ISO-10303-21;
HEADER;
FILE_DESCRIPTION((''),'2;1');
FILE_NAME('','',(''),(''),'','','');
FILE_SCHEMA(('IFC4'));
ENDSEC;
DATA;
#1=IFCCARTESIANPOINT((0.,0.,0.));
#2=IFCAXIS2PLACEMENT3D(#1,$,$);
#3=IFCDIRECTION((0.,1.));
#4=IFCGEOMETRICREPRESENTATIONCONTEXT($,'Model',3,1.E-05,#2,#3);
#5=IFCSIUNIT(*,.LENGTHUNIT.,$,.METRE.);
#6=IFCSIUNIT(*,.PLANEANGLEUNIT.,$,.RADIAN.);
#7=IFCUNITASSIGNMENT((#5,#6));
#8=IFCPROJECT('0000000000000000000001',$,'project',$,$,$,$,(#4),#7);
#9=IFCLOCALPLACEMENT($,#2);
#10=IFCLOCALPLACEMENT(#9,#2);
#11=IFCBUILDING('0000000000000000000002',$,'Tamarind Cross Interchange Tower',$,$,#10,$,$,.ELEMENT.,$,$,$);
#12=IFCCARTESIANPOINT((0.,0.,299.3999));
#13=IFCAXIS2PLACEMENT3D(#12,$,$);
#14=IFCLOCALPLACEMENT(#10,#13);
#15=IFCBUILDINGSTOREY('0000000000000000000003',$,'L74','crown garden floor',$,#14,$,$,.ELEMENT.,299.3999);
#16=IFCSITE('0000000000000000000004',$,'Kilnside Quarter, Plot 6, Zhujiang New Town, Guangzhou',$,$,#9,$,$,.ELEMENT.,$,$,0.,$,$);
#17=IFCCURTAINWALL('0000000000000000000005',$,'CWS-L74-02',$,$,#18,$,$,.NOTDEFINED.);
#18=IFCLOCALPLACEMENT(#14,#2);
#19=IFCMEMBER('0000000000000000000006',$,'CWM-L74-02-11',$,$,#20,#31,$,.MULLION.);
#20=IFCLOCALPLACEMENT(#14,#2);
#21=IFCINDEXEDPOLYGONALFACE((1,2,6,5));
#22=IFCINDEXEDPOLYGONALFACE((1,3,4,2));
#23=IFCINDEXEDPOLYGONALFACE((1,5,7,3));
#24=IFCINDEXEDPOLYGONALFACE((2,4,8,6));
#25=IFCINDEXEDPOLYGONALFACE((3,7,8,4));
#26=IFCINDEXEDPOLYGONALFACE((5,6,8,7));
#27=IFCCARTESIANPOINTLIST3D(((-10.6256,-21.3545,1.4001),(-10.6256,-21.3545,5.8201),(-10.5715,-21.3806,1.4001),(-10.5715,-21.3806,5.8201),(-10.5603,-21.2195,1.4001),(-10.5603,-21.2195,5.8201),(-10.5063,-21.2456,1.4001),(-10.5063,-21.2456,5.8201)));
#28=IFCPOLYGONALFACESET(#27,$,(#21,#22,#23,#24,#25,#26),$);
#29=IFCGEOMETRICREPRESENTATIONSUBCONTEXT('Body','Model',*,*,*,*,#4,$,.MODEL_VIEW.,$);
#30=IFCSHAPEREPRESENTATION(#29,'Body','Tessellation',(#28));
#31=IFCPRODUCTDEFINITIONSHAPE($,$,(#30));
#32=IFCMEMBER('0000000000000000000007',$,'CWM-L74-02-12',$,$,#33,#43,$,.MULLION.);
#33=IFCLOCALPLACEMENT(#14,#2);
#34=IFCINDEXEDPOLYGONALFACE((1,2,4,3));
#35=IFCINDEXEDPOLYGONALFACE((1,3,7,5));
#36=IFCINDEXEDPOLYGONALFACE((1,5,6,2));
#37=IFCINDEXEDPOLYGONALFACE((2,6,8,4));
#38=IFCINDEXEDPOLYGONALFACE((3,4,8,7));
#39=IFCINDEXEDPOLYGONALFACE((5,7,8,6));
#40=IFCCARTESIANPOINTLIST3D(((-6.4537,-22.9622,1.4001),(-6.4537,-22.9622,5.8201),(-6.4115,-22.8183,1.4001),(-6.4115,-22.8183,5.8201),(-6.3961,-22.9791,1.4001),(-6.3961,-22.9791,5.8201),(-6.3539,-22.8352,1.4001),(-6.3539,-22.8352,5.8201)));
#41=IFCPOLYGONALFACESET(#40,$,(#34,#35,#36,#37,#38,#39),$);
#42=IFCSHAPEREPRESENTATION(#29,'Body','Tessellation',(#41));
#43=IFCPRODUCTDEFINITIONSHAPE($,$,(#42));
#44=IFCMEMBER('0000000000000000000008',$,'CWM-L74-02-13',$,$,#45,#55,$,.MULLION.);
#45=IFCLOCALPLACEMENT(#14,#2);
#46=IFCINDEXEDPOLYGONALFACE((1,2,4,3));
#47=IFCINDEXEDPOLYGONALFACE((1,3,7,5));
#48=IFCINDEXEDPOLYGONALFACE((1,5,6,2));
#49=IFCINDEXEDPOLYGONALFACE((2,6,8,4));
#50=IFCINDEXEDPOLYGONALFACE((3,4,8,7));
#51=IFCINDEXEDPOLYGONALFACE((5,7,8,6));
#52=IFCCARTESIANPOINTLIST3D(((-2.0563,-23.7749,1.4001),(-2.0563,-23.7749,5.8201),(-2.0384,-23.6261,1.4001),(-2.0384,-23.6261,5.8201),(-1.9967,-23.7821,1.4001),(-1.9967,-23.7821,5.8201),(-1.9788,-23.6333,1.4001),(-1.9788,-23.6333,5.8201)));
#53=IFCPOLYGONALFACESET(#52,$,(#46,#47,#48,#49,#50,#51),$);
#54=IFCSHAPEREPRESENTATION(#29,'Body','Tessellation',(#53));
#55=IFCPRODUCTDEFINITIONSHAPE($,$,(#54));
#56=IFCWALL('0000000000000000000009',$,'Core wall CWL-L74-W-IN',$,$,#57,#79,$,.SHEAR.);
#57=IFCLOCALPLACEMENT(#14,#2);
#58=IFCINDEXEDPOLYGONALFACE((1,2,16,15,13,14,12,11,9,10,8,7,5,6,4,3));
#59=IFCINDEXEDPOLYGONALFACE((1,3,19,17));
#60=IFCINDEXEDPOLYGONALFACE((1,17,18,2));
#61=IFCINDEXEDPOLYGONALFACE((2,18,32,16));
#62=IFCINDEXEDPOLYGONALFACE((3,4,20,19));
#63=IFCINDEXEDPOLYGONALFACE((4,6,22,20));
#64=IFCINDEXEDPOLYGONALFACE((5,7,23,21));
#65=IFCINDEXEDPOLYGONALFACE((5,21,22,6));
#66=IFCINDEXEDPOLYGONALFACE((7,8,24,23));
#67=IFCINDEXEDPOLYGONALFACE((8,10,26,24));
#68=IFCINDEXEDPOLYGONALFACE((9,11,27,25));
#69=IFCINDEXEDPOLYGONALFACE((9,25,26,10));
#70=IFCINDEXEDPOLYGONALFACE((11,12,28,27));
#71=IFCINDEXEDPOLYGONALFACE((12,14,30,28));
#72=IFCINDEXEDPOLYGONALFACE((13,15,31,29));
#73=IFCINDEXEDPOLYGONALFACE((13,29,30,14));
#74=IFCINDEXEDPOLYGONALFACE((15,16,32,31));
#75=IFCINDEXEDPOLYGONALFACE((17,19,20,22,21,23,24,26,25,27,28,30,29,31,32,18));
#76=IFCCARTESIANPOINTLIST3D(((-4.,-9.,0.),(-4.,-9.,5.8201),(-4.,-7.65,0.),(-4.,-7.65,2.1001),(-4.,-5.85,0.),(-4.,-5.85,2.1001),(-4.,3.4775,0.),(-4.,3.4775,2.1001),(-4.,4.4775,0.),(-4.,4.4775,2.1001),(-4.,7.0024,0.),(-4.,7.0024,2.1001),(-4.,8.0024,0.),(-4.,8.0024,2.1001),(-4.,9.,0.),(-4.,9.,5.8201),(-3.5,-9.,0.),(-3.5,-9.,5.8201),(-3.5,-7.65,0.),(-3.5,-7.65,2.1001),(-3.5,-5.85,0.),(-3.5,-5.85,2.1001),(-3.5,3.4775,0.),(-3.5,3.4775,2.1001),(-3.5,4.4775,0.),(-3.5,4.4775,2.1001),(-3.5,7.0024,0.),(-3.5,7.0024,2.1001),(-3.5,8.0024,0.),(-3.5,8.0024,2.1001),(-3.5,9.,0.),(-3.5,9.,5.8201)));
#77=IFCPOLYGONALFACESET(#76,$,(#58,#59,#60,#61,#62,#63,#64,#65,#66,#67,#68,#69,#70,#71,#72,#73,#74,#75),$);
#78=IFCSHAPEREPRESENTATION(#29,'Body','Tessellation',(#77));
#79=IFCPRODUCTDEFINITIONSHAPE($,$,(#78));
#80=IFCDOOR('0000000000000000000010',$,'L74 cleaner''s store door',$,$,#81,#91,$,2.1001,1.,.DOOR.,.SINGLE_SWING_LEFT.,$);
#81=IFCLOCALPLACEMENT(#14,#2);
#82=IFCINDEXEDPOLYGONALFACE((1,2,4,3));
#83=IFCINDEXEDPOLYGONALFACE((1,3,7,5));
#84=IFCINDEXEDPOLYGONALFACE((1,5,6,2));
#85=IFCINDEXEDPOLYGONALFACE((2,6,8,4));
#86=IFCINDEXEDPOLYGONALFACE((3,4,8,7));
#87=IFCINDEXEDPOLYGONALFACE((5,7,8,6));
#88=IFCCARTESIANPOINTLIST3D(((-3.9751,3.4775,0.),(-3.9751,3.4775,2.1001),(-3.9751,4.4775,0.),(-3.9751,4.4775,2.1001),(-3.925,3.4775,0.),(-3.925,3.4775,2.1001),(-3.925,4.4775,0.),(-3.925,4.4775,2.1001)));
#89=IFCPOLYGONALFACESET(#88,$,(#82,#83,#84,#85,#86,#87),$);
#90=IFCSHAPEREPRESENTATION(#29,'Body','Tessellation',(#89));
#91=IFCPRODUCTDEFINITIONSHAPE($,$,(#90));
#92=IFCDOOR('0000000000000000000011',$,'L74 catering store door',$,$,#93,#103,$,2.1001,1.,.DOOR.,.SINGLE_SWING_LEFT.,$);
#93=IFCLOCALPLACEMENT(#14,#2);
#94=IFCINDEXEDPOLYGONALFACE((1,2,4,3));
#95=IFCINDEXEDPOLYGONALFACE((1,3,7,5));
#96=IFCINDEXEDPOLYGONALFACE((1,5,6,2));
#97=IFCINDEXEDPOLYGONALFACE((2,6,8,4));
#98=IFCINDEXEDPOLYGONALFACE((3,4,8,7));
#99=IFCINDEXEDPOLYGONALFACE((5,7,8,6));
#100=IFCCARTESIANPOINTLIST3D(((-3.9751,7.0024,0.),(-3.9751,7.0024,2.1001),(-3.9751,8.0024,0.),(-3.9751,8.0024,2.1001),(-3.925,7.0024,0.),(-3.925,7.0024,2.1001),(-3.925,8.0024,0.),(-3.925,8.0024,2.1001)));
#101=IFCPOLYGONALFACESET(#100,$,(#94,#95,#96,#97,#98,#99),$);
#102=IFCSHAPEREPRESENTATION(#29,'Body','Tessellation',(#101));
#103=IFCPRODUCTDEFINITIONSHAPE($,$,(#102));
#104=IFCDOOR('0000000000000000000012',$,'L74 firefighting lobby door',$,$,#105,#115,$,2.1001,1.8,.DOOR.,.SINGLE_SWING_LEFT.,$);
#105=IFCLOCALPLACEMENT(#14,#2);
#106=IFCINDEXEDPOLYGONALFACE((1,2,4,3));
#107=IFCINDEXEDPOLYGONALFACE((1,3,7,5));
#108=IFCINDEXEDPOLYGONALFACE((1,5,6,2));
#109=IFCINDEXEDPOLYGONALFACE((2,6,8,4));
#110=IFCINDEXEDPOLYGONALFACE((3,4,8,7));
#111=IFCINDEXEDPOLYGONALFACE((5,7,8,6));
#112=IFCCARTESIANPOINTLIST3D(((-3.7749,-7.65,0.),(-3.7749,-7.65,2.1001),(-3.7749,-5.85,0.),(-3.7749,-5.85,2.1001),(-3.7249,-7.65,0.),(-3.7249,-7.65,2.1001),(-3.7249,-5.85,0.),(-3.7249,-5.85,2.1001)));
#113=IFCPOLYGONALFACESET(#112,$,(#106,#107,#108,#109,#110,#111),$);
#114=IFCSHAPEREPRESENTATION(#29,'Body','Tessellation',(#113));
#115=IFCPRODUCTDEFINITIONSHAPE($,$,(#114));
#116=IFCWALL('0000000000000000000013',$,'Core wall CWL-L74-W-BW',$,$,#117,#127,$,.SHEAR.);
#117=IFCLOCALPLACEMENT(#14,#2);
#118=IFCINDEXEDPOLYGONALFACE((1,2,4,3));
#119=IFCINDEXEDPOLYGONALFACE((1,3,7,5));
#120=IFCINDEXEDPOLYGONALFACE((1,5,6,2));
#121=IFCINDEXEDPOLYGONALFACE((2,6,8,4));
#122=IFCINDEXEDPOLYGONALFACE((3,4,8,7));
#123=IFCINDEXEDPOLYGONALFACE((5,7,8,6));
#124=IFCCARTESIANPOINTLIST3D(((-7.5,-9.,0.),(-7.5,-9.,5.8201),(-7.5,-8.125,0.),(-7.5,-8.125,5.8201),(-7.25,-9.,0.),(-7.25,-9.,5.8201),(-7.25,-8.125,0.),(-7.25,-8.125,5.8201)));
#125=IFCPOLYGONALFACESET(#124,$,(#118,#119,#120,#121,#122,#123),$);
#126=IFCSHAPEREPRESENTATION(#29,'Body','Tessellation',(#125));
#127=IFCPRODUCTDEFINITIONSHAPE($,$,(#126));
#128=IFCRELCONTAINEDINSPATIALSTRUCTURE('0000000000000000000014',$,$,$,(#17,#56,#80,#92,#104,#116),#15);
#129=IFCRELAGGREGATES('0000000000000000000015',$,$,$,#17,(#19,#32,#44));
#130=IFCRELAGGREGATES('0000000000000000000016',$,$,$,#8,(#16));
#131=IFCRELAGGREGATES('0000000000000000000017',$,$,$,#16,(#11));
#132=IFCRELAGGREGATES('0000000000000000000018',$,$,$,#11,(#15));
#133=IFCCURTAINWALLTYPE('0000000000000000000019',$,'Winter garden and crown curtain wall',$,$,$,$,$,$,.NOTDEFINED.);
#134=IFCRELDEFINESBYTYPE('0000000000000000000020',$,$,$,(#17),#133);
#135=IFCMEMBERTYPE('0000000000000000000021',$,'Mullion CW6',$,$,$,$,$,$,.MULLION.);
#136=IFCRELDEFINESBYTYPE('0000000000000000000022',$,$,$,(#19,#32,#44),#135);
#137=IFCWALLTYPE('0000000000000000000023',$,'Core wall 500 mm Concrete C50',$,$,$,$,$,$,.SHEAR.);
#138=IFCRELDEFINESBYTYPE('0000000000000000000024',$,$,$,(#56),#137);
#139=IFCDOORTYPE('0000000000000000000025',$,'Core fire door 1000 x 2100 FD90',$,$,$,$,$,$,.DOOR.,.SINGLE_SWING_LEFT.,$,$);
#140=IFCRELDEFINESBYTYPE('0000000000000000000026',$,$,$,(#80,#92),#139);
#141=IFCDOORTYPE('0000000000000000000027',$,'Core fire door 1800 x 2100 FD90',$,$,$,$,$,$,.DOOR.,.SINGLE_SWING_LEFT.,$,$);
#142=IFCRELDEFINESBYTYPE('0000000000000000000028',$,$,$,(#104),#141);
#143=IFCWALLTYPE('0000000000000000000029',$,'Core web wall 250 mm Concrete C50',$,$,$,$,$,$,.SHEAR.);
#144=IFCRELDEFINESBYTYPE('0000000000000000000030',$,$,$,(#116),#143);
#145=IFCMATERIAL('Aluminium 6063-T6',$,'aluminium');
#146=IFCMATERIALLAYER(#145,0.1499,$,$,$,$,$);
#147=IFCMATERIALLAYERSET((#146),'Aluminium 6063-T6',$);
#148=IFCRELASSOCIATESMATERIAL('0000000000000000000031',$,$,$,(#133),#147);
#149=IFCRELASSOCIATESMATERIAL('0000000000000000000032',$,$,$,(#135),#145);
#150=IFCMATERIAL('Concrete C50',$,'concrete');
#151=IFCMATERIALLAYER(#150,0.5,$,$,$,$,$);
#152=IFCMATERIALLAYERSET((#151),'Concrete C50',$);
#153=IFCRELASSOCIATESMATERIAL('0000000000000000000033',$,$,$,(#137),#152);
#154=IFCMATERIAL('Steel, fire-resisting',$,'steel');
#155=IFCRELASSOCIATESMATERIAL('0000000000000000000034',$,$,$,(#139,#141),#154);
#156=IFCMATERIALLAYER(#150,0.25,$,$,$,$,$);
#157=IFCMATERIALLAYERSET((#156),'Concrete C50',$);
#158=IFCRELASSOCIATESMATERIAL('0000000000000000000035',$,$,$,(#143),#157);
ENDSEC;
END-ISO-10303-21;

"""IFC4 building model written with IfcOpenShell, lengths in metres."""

from ifc_helpers import new_model, si_unit, direction, frame, frame_2d, origin, origin_2d, place, context, subcontext, project, spatial, rectangle, extrude, material, layer, layer_set, material_profile, profile_set, type_object, element, fill, aggregate, save


model = new_model("IFC4")

# Units and contexts
model_context = context("Model", 3, precision=1e-05, world=origin(), true_north=direction((0.0, 1.0)))
body_context = subcontext(model_context, "Body", "Model", "MODEL_VIEW")
ifc_project = project(units=[si_unit("LENGTHUNIT", "METRE"), si_unit("PLANEANGLEUNIT", "RADIAN")], contexts=[model_context])

# Site, building, storey
site_placement = place(None, origin())
site = spatial("IfcSite", under=ifc_project, at=site_placement, Name="Kilnside Quarter, Plot 6, Zhujiang New Town, Guangzhou", CompositionType="ELEMENT", RefElevation=0.0)
building_placement = place(site_placement, origin())
building = spatial("IfcBuilding", under=site, at=building_placement, Name="Tamarind Cross Interchange Tower", CompositionType="ELEMENT")
storey_placement = place(building_placement, frame((0.0, 0.0, 299.3999)))
storey = spatial("IfcBuildingStorey", under=building, at=storey_placement, Name="L74", Description="crown garden floor", CompositionType="ELEMENT", Elevation=299.3999)

# Curtain wall, members
ifc_material_1 = material(Name="Aluminium 6063-T6", Category="aluminium")
ifc_layer_1 = layer(ifc_material_1, 0.1499)
ifc_layer_set_1 = layer_set([ifc_layer_1], Name="Aluminium 6063-T6")
curtain_wall_type = type_object("IfcCurtainWallType", Name="Winter garden and crown curtain wall", PredefinedType="NOTDEFINED", material=ifc_layer_set_1)
curtain_wall_placement = place(storey_placement, origin())
curtain_wall = element("IfcCurtainWall", 1, at=curtain_wall_placement, inside=storey, type_object=curtain_wall_type, Name="CWS-L74-02", PredefinedType="NOTDEFINED")
ifc_material_profile_1 = material_profile(ifc_material_1, rectangle(XDim=0.0601, YDim=0.1499, at=origin_2d()), Name="Mullion CW6")
ifc_profile_set_1 = profile_set([ifc_material_profile_1], Name="Aluminium 6063-T6")
member_type = type_object("IfcMemberType", Name="Mullion CW6", PredefinedType="MULLION", material=ifc_profile_set_1)
member_1_placement = place(storey_placement, frame((-10.5659, -21.3, 1.4001), z_axis=(0.0, 0.0, 1.0), x_axis=(0.900273, -0.435326, 0.0)))
member_1 = element("IfcMember", 2, at=member_1_placement, type_object=member_type, Name="CWM-L74-02-11", PredefinedType="MULLION", context=body_context, shape_type="SweptSolid", body=[
    extrude(rectangle(XDim=0.0601, YDim=0.1499, at=origin_2d()), origin(), (0.0, 0.0, 1.0), 4.4199),
])
member_2_placement = place(storey_placement, frame((-6.4038, -22.8987, 1.4001), z_axis=(0.0, 0.0, 1.0), x_axis=(0.959647, -0.281209, 0.0)))
member_2 = element("IfcMember", 3, at=member_2_placement, type_object=member_type, Name="CWM-L74-02-12", PredefinedType="MULLION", context=body_context, shape_type="SweptSolid", body=[
    extrude(rectangle(XDim=0.0601, YDim=0.1499, at=origin_2d()), origin(), (0.0, 0.0, 1.0), 4.4199),
])
member_3_placement = place(storey_placement, frame((-2.0176, -23.7041, 1.4001), z_axis=(0.0, 0.0, 1.0), x_axis=(0.992844, -0.119421, 0.0)))
member_3 = element("IfcMember", 4, at=member_3_placement, type_object=member_type, Name="CWM-L74-02-13", PredefinedType="MULLION", context=body_context, shape_type="SweptSolid", body=[
    extrude(rectangle(XDim=0.0601, YDim=0.1499, at=origin_2d()), origin(), (0.0, 0.0, 1.0), 4.4199),
])
aggregate(curtain_wall, [member_1, member_2, member_3])

# Wall, openings, doors
ifc_material_2 = material(Name="Concrete C50", Category="concrete")
ifc_layer_2 = layer(ifc_material_2, 0.5)
ifc_layer_set_2 = layer_set([ifc_layer_2], Name="Concrete C50")
wall_type_1 = type_object("IfcWallType", Name="Core wall 500 mm Concrete C50", PredefinedType="SHEAR", material=ifc_layer_set_2)
wall_1_placement = place(storey_placement, frame((-3.75, -9.0, 0.0), z_axis=(0.0, 0.0, 1.0), x_axis=(0.0, 1.0, 0.0)))
wall_1 = element("IfcWall", 5, at=wall_1_placement, inside=storey, type_object=wall_type_1, Name="Core wall CWL-L74-W-IN", PredefinedType="SHEAR", context=body_context, shape_type="SweptSolid", body=[
    extrude(rectangle(XDim=18.0, YDim=0.5, at=frame_2d((9.0, 0.0))), origin(), (0.0, 0.0, 1.0), 5.8201),
])
opening_1_placement = place(wall_1_placement, frame((1.3501, 0.0, 0.0)))
opening_1 = element("IfcOpeningElement", 6, at=opening_1_placement, cuts=wall_1, PredefinedType="OPENING", context=body_context, shape_type="SweptSolid", body=[
    extrude(rectangle(XDim=1.8, YDim=2.1001, at=frame_2d((0.8999, 1.05))), frame((0.0, 0.26, 0.0), z_axis=(0.0, -1.0, 0.0), x_axis=(1.0, 0.0, 0.0)), (0.0, 0.0, 1.0), 0.52),
])
opening_2_placement = place(wall_1_placement, frame((12.4775, 0.0, 0.0)))
opening_2 = element("IfcOpeningElement", 7, at=opening_2_placement, cuts=wall_1, PredefinedType="OPENING", context=body_context, shape_type="SweptSolid", body=[
    extrude(rectangle(XDim=1.0, YDim=2.1001, at=frame_2d((0.5, 1.05))), frame((0.0, 0.26, 0.0), z_axis=(0.0, -1.0, 0.0), x_axis=(1.0, 0.0, 0.0)), (0.0, 0.0, 1.0), 0.52),
])
opening_3_placement = place(wall_1_placement, frame((16.0024, 0.0, 0.0)))
opening_3 = element("IfcOpeningElement", 8, at=opening_3_placement, cuts=wall_1, PredefinedType="OPENING", context=body_context, shape_type="SweptSolid", body=[
    extrude(rectangle(XDim=1.0, YDim=2.1001, at=frame_2d((0.5, 1.05))), frame((0.0, 0.26, 0.0), z_axis=(0.0, -1.0, 0.0), x_axis=(1.0, 0.0, 0.0)), (0.0, 0.0, 1.0), 0.52),
])
ifc_material_3 = material(Name="Steel, fire-resisting", Category="steel")
door_type_1 = type_object("IfcDoorType", Name="Core fire door 1000 x 2100 FD90", OperationType="SINGLE_SWING_LEFT", PredefinedType="DOOR", material=ifc_material_3)
door_1_placement = place(opening_2_placement, origin())
door_1 = element("IfcDoor", 9, at=door_1_placement, inside=storey, type_object=door_type_1, Name="L74 cleaner's store door", OperationType="SINGLE_SWING_LEFT", OverallHeight=2.1001, OverallWidth=1.0, PredefinedType="DOOR", context=body_context, shape_type="SweptSolid", body=[
    extrude(rectangle(XDim=1.0, YDim=2.1001, at=frame_2d((0.5, 1.05))), frame((0.0, 0.2251, 0.0), z_axis=(0.0, -1.0, 0.0), x_axis=(1.0, 0.0, 0.0)), (0.0, 0.0, 1.0), 0.05),
])
fill(opening_2, door_1)
door_2_placement = place(opening_3_placement, origin())
door_2 = element("IfcDoor", 10, at=door_2_placement, inside=storey, type_object=door_type_1, Name="L74 catering store door", OperationType="SINGLE_SWING_LEFT", OverallHeight=2.1001, OverallWidth=1.0, PredefinedType="DOOR", context=body_context, shape_type="SweptSolid", body=[
    extrude(rectangle(XDim=1.0, YDim=2.1001, at=frame_2d((0.5, 1.05))), frame((0.0, 0.2251, 0.0), z_axis=(0.0, -1.0, 0.0), x_axis=(1.0, 0.0, 0.0)), (0.0, 0.0, 1.0), 0.05),
])
fill(opening_3, door_2)
door_type_2 = type_object("IfcDoorType", Name="Core fire door 1800 x 2100 FD90", OperationType="SINGLE_SWING_LEFT", PredefinedType="DOOR", material=ifc_material_3)
door_3_placement = place(opening_1_placement, origin())
door_3 = element("IfcDoor", 11, at=door_3_placement, inside=storey, type_object=door_type_2, Name="L74 firefighting lobby door", OperationType="SINGLE_SWING_LEFT", OverallHeight=2.1001, OverallWidth=1.8, PredefinedType="DOOR", context=body_context, shape_type="SweptSolid", body=[
    extrude(rectangle(XDim=1.8, YDim=2.1001, at=frame_2d((0.8999, 1.05))), frame((0.0, 0.0249, 0.0), z_axis=(0.0, -1.0, 0.0), x_axis=(1.0, 0.0, 0.0)), (0.0, 0.0, 1.0), 0.05),
])
fill(opening_1, door_3)

# Wall
ifc_layer_3 = layer(ifc_material_2, 0.25)
ifc_layer_set_3 = layer_set([ifc_layer_3], Name="Concrete C50")
wall_type_2 = type_object("IfcWallType", Name="Core web wall 250 mm Concrete C50", PredefinedType="SHEAR", material=ifc_layer_set_3)
wall_2_placement = place(storey_placement, frame((-7.375, -9.0, 0.0), z_axis=(0.0, 0.0, 1.0), x_axis=(0.0, 1.0, 0.0)))
element("IfcWall", 12, at=wall_2_placement, inside=storey, type_object=wall_type_2, Name="Core wall CWL-L74-W-BW", PredefinedType="SHEAR", context=body_context, shape_type="SweptSolid", body=[
    extrude(rectangle(XDim=0.875, YDim=0.25, at=frame_2d((0.4375, 0.0))), origin(), (0.0, 0.0, 1.0), 5.8201),
])

save(model, "model.ifc")
